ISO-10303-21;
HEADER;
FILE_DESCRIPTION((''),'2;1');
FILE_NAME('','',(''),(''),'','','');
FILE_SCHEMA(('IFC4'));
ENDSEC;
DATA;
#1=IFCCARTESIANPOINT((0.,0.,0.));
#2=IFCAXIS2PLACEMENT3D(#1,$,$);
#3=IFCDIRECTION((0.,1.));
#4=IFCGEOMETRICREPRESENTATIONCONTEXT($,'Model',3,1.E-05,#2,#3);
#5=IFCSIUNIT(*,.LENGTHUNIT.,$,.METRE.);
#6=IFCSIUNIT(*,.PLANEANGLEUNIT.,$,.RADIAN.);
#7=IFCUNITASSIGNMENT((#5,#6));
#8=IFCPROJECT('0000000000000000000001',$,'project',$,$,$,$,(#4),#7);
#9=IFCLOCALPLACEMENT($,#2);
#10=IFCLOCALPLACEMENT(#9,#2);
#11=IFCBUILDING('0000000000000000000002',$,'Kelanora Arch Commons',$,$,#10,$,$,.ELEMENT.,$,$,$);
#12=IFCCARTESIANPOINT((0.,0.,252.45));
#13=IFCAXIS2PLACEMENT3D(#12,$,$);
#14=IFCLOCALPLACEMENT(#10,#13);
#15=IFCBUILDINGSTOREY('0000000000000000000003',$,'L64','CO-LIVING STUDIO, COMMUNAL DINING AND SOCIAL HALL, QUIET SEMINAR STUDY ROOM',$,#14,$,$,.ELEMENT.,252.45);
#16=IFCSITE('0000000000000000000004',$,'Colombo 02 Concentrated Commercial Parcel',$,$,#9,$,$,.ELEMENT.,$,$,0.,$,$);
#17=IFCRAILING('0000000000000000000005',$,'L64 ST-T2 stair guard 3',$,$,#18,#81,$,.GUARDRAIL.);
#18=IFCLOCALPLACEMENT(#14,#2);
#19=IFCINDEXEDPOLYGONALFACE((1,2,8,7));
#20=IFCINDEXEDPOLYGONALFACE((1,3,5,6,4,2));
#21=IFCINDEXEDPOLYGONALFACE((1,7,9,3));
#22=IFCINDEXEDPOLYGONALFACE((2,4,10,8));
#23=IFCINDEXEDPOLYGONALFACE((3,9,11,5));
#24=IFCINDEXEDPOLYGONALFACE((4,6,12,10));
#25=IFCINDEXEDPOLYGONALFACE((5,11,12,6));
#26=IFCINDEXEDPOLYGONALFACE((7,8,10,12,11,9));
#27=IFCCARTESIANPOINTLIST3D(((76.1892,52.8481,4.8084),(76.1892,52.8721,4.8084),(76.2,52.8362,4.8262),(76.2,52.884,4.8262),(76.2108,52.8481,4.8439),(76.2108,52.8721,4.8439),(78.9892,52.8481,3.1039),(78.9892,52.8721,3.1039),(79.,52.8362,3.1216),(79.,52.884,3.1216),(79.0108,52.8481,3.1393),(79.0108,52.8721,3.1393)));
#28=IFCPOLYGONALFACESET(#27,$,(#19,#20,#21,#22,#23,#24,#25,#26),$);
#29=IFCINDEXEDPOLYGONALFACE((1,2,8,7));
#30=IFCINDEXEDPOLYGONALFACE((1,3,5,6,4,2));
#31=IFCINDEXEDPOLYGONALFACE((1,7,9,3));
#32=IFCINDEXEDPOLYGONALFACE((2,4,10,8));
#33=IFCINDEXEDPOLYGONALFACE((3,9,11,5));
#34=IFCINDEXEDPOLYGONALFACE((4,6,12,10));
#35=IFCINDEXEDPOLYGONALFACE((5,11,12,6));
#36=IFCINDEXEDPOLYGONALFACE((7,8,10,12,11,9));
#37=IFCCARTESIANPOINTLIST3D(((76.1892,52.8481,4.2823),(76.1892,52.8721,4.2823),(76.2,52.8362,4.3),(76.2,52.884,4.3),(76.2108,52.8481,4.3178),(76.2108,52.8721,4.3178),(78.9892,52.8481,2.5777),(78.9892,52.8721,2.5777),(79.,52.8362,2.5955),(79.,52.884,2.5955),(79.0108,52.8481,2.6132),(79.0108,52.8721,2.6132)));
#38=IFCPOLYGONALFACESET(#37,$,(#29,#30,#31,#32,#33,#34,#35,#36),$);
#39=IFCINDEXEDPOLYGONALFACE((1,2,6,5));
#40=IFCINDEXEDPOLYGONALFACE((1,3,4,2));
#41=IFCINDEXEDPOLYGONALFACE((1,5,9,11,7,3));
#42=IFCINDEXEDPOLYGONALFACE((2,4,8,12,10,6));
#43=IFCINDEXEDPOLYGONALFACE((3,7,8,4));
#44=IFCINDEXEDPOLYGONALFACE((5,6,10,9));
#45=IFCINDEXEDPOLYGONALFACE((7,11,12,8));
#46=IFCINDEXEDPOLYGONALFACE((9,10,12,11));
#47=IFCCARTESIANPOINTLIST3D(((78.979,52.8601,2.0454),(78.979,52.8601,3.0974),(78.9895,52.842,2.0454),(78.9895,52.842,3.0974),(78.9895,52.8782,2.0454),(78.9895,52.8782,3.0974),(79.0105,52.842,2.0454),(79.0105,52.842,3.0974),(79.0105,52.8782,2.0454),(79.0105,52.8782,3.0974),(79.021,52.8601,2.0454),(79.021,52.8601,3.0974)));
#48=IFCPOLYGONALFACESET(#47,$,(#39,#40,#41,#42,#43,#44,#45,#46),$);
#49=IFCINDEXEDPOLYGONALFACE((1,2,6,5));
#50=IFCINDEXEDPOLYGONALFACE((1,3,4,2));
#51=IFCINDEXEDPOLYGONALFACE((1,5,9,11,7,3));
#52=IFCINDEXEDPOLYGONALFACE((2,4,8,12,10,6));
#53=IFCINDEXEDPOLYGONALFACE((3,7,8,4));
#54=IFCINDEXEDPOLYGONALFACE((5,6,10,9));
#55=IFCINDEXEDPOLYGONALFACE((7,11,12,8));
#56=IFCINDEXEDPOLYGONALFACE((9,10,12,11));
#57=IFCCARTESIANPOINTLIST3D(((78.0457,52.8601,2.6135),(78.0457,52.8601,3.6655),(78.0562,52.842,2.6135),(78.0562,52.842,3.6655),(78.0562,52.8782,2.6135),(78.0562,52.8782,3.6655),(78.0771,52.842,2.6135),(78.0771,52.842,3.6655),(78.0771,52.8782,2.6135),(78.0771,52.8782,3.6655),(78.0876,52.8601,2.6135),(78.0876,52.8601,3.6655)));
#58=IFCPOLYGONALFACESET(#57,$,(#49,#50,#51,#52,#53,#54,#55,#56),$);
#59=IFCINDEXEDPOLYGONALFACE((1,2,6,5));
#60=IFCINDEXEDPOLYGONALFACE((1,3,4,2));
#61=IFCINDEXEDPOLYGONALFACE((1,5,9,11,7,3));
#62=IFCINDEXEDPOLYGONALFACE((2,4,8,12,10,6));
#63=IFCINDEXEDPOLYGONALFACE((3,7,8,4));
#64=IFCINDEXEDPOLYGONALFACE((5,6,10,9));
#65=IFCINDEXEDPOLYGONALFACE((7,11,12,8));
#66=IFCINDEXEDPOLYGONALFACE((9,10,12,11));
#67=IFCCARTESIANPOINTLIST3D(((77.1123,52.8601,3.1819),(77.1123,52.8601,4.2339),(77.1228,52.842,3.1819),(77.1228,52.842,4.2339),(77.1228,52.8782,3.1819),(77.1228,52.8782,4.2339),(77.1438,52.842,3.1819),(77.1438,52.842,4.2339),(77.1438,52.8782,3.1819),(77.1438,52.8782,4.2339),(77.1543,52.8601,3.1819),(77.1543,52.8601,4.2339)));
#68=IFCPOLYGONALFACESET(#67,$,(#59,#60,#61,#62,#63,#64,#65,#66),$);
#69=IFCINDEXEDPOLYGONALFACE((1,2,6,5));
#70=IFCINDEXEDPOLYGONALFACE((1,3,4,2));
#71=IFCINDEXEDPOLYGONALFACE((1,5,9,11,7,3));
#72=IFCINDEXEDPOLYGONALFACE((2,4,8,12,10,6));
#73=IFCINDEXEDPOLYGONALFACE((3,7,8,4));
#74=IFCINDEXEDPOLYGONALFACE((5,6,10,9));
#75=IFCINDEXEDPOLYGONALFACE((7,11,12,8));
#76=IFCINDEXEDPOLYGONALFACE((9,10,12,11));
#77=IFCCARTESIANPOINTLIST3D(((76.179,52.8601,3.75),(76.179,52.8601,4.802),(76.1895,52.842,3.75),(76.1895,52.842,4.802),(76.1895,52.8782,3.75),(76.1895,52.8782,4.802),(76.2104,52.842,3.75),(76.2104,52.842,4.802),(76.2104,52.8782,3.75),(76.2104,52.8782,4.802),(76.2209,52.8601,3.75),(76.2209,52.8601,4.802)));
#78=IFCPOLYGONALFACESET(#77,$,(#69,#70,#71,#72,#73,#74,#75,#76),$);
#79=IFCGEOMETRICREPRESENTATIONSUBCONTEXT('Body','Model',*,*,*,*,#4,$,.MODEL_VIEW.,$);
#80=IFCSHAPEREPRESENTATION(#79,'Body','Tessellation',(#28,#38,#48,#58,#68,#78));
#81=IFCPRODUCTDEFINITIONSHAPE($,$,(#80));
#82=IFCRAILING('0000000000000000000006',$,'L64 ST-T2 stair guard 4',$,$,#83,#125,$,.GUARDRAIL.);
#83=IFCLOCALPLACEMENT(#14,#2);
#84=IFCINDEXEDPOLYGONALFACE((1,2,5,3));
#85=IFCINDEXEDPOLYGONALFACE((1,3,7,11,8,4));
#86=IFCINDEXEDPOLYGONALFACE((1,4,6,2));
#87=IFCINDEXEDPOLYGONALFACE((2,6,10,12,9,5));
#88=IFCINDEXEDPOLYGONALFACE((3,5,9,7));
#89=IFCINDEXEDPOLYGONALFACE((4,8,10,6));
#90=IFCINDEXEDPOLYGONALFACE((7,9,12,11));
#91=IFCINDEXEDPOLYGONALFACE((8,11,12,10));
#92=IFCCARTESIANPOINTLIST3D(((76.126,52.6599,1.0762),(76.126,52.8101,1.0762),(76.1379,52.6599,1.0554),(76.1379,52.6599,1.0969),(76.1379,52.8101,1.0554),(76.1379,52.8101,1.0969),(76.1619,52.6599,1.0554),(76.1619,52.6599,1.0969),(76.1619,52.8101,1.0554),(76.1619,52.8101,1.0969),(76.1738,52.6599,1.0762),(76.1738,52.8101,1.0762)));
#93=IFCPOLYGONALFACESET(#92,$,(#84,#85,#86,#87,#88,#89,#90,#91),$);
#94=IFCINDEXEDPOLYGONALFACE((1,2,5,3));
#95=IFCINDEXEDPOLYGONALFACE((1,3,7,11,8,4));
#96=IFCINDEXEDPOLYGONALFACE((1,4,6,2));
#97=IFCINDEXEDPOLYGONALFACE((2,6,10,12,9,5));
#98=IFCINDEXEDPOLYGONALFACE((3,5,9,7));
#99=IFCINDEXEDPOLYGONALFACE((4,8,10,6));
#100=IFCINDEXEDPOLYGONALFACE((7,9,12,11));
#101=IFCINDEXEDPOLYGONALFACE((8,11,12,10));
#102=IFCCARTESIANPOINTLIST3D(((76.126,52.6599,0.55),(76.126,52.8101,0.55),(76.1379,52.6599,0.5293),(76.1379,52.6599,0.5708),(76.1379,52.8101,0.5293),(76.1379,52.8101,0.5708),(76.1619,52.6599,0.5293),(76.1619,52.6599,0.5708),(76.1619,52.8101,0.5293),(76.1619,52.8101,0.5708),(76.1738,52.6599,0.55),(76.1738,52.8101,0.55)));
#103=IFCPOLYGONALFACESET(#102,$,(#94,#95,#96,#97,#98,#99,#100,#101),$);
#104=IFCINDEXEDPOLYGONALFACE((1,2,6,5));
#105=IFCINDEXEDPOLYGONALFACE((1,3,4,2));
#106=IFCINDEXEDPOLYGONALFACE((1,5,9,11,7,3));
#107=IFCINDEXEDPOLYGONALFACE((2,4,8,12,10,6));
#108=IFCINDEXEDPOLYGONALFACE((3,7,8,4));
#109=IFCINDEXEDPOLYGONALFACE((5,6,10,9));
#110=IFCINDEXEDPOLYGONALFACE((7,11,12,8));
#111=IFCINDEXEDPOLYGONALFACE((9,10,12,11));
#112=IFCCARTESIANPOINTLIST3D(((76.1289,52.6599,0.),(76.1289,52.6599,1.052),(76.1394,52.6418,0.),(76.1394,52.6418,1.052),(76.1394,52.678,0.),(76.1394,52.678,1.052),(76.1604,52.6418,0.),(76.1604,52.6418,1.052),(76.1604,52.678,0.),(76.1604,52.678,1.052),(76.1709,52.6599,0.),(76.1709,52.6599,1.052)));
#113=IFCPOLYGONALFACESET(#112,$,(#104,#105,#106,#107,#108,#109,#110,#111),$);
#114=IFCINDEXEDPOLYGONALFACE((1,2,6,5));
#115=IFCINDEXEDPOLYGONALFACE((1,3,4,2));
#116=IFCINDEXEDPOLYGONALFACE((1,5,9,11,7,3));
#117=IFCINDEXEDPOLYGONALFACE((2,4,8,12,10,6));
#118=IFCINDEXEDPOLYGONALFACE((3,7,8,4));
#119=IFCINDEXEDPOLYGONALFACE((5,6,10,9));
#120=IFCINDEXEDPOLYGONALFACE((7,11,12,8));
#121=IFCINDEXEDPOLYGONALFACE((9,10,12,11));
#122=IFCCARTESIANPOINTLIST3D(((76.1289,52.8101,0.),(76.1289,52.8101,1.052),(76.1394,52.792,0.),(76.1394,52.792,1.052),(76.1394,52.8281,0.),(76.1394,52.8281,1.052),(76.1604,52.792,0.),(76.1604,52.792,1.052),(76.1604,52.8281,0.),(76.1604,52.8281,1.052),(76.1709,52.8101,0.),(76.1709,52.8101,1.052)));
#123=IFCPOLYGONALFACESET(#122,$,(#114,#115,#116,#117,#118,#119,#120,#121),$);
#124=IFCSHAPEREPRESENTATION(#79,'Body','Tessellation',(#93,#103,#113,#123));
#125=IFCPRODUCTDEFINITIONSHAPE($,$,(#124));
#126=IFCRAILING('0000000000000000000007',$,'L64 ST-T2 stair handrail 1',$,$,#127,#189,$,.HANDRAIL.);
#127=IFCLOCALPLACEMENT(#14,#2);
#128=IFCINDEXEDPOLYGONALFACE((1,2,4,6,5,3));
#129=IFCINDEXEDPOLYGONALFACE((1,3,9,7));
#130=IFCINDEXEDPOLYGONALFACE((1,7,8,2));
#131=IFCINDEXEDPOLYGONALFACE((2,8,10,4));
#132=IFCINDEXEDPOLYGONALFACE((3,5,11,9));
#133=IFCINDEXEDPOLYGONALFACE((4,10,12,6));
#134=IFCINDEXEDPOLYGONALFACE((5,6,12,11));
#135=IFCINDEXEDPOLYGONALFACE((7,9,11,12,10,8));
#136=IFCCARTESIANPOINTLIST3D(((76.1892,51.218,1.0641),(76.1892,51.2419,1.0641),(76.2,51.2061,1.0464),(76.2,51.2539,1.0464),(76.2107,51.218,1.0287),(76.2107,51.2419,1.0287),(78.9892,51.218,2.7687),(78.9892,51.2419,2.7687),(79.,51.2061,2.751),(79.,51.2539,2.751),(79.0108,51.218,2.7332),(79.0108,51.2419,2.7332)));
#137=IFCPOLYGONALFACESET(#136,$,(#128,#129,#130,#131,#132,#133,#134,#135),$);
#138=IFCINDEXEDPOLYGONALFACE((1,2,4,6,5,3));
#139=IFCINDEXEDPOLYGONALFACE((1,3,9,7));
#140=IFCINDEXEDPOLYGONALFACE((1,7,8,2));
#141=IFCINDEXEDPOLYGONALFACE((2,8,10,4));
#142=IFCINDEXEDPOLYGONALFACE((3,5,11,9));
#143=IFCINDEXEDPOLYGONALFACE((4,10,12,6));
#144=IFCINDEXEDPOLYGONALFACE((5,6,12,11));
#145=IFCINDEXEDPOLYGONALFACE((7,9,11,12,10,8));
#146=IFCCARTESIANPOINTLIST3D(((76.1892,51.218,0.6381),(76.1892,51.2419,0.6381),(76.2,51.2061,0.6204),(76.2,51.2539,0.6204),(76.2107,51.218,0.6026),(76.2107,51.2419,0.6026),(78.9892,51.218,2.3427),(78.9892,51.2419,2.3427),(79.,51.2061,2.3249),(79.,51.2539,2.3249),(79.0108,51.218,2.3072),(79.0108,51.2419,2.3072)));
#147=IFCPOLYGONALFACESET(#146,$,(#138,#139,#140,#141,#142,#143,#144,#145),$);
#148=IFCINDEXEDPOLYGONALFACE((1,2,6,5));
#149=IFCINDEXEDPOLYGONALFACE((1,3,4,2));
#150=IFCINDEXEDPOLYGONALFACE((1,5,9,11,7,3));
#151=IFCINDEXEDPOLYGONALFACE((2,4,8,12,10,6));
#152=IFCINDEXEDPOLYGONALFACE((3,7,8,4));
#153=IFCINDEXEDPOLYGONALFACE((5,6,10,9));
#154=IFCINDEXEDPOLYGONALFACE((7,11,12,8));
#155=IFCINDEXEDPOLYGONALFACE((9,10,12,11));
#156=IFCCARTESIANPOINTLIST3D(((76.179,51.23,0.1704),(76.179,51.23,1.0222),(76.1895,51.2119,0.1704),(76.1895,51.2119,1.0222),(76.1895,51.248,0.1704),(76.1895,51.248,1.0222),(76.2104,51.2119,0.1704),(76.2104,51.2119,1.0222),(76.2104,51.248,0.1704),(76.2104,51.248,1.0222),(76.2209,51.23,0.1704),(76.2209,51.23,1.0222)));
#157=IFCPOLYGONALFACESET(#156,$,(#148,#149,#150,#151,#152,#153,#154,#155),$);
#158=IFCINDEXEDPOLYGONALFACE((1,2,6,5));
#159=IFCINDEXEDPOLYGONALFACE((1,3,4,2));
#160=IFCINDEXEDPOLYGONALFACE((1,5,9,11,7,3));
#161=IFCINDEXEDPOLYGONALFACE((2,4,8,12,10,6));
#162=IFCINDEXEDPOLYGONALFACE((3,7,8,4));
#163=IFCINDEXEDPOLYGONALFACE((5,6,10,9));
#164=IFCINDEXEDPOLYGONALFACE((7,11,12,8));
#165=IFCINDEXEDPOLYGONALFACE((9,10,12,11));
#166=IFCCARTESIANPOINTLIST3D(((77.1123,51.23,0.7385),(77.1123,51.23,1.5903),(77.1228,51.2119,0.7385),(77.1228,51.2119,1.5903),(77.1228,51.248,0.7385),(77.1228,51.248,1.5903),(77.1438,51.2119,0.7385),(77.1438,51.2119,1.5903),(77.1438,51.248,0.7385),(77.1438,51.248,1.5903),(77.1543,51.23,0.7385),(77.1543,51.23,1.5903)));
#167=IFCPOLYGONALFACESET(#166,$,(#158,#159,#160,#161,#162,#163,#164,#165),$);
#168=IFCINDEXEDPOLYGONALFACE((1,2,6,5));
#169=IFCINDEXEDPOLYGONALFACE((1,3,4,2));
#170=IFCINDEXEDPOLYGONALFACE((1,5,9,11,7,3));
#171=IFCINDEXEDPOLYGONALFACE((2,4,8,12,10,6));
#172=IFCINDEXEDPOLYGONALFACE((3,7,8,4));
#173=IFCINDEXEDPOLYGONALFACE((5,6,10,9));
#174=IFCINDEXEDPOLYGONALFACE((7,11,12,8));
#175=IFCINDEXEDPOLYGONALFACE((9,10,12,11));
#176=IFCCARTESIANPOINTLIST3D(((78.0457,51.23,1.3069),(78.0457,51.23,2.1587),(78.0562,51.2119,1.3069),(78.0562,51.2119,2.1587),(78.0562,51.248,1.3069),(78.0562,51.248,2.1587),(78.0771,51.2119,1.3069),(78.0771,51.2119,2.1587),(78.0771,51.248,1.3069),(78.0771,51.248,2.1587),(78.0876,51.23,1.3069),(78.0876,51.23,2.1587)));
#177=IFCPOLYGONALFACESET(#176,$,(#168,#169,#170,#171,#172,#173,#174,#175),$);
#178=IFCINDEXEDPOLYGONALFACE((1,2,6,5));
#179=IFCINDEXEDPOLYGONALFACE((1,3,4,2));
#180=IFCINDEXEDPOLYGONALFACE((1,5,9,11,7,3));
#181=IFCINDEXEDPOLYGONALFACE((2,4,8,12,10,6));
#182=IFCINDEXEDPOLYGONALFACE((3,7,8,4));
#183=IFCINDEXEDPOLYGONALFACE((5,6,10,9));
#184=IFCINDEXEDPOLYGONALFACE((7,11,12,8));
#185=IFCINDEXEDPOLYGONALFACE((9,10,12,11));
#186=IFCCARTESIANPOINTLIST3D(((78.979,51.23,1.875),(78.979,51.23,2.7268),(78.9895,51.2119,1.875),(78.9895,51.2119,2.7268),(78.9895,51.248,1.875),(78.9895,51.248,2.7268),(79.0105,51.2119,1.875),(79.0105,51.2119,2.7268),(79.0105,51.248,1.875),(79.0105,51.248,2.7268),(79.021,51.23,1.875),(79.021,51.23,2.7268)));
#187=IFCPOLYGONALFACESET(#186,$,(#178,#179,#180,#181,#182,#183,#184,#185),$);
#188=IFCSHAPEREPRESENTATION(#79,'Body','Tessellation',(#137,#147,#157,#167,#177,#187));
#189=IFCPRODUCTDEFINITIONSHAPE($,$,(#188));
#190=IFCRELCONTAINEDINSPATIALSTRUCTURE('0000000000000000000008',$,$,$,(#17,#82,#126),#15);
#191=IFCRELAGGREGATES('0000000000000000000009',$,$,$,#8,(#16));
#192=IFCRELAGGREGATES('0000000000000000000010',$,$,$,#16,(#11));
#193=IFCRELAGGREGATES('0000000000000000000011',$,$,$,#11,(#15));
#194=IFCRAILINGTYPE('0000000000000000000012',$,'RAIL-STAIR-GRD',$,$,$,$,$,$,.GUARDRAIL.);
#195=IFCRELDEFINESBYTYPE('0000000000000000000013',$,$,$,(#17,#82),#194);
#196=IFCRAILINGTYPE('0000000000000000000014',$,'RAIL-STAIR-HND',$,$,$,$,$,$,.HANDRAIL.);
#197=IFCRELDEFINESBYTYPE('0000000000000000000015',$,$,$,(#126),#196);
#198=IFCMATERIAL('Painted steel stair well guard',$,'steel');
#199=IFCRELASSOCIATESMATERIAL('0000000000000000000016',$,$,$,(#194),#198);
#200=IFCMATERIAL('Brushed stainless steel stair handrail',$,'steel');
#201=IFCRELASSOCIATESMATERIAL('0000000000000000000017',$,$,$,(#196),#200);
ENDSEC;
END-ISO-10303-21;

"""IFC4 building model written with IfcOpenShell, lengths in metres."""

from ifc_helpers import new_model, si_unit, direction, frame, origin, place, context, subcontext, project, spatial, polyline, outline, extrude, material, type_object, element, save


model = new_model("IFC4")

# Units and contexts
model_context = context("Model", 3, precision=1e-05, world=origin(), true_north=direction((0.0, 1.0)))
body_context = subcontext(model_context, "Body", "Model", "MODEL_VIEW")
ifc_project = project(units=[si_unit("LENGTHUNIT", "METRE"), si_unit("PLANEANGLEUNIT", "RADIAN")], contexts=[model_context])

# Site, building, storey
site_placement = place(None, origin())
site = spatial("IfcSite", under=ifc_project, at=site_placement, Name="Colombo 02 Concentrated Commercial Parcel", CompositionType="ELEMENT", RefElevation=0.0)
building_placement = place(site_placement, origin())
building = spatial("IfcBuilding", under=site, at=building_placement, Name="Kelanora Arch Commons", CompositionType="ELEMENT")
storey_placement = place(building_placement, frame((0.0, 0.0, 252.45)))
storey = spatial("IfcBuildingStorey", under=building, at=storey_placement, Name="L64", Description="CO-LIVING STUDIO, COMMUNAL DINING AND SOCIAL HALL, QUIET SEMINAR STUDY ROOM", CompositionType="ELEMENT", Elevation=252.45)

# Railings
ifc_material_1 = material(Name="Painted steel stair well guard", Category="steel")
railing_type_1 = type_object("IfcRailingType", Name="RAIL-STAIR-GRD", PredefinedType="GUARDRAIL", material=ifc_material_1)
railing_1_placement = place(storey_placement, frame((79.0, 52.8601, 2.0454)))
element("IfcRailing", 1, at=railing_1_placement, inside=storey, type_object=railing_type_1, Name="L64 ST-T2 stair guard 3", PredefinedType="GUARDRAIL", context=body_context, shape_type="SweptSolid", body=[
    extrude(outline(polyline([(0.0239, 0.0), (0.012, 0.0208), (-0.012, 0.0208), (-0.0239, 0.0), (-0.012, -0.0208), (0.012, -0.0208), (0.0239, 0.0)])), frame((0.0, 0.0, 1.0762), z_axis=(-0.85417, 0.0, 0.519994), x_axis=(0.0, -1.0, 0.0)), (0.0, 0.0, 1.0), 3.2781),
    extrude(outline(polyline([(0.0239, 0.0), (0.012, 0.0208), (-0.012, 0.0208), (-0.0239, 0.0), (-0.012, -0.0208), (0.012, -0.0208), (0.0239, 0.0)])), frame((0.0, 0.0, 0.55), z_axis=(-0.85417, 0.0, 0.519994), x_axis=(0.0, -1.0, 0.0)), (0.0, 0.0, 1.0), 3.2781),
    extrude(outline(polyline([(0.021, 0.0), (0.0105, 0.0181), (-0.0105, 0.0181), (-0.021, 0.0), (-0.0105, -0.0181), (0.0105, -0.0181), (0.021, 0.0)])), origin(), (0.0, 0.0, 1.0), 1.052),
    extrude(outline(polyline([(0.021, 0.0), (0.0105, 0.0181), (-0.0105, 0.0181), (-0.021, 0.0), (-0.0105, -0.0181), (0.0105, -0.0181), (0.021, 0.0)])), frame((-0.9333, 0.0, 0.5681)), (0.0, 0.0, 1.0), 1.052),
    extrude(outline(polyline([(0.021, 0.0), (0.0105, 0.0181), (-0.0105, 0.0181), (-0.021, 0.0), (-0.0105, -0.0181), (0.0105, -0.0181), (0.021, 0.0)])), frame((-1.8667, 0.0, 1.1365)), (0.0, 0.0, 1.0), 1.052),
    extrude(outline(polyline([(0.021, 0.0), (0.0105, 0.0181), (-0.0105, 0.0181), (-0.021, 0.0), (-0.0105, -0.0181), (0.0105, -0.0181), (0.021, 0.0)])), frame((-2.8, 0.0, 1.7046)), (0.0, 0.0, 1.0), 1.052),
])
railing_2_placement = place(storey_placement, frame((76.1499, 52.6599, 0.0)))
element("IfcRailing", 2, at=railing_2_placement, inside=storey, type_object=railing_type_1, Name="L64 ST-T2 stair guard 4", PredefinedType="GUARDRAIL", context=body_context, shape_type="SweptSolid", body=[
    extrude(outline(polyline([(0.0239, 0.0), (0.012, 0.0208), (-0.012, 0.0208), (-0.0239, 0.0), (-0.012, -0.0208), (0.012, -0.0208), (0.0239, 0.0)])), frame((0.0, 0.0, 1.0762), z_axis=(0.0, 1.0, 0.0), x_axis=(-1.0, 0.0, 0.0)), (0.0, 0.0, 1.0), 0.1501),
    extrude(outline(polyline([(0.0239, 0.0), (0.012, 0.0208), (-0.012, 0.0208), (-0.0239, 0.0), (-0.012, -0.0208), (0.012, -0.0208), (0.0239, 0.0)])), frame((0.0, 0.0, 0.55), z_axis=(0.0, 1.0, 0.0), x_axis=(-1.0, 0.0, 0.0)), (0.0, 0.0, 1.0), 0.1501),
    extrude(outline(polyline([(0.021, 0.0), (0.0105, 0.0181), (-0.0105, 0.0181), (-0.021, 0.0), (-0.0105, -0.0181), (0.0105, -0.0181), (0.021, 0.0)])), origin(), (0.0, 0.0, 1.0), 1.052),
    extrude(outline(polyline([(0.021, 0.0), (0.0105, 0.0181), (-0.0105, 0.0181), (-0.021, 0.0), (-0.0105, -0.0181), (0.0105, -0.0181), (0.021, 0.0)])), frame((0.0, 0.1501, 0.0)), (0.0, 0.0, 1.0), 1.052),
])
ifc_material_2 = material(Name="Brushed stainless steel stair handrail", Category="steel")
railing_type_2 = type_object("IfcRailingType", Name="RAIL-STAIR-HND", PredefinedType="HANDRAIL", material=ifc_material_2)
railing_3_placement = place(storey_placement, frame((76.2, 51.23, 0.1704)))
element("IfcRailing", 3, at=railing_3_placement, inside=storey, type_object=railing_type_2, Name="L64 ST-T2 stair handrail 1", PredefinedType="HANDRAIL", context=body_context, shape_type="SweptSolid", body=[
    extrude(outline(polyline([(0.0239, 0.0), (0.012, 0.0208), (-0.012, 0.0208), (-0.0239, 0.0), (-0.012, -0.0208), (0.012, -0.0208), (0.0239, 0.0)])), frame((0.0, 0.0, 0.876), z_axis=(0.85417, 0.0, 0.519994), x_axis=(0.0, 1.0, 0.0)), (0.0, 0.0, 1.0), 3.2781),
    extrude(outline(polyline([(0.0239, 0.0), (0.012, 0.0208), (-0.012, 0.0208), (-0.0239, 0.0), (-0.012, -0.0208), (0.012, -0.0208), (0.0239, 0.0)])), frame((0.0, 0.0, 0.45), z_axis=(0.85417, 0.0, 0.519994), x_axis=(0.0, 1.0, 0.0)), (0.0, 0.0, 1.0), 3.2781),
    extrude(outline(polyline([(0.021, 0.0), (0.0105, 0.0181), (-0.0105, 0.0181), (-0.021, 0.0), (-0.0105, -0.0181), (0.0105, -0.0181), (0.021, 0.0)])), origin(), (0.0, 0.0, 1.0), 0.8518),
    extrude(outline(polyline([(0.021, 0.0), (0.0105, 0.0181), (-0.0105, 0.0181), (-0.021, 0.0), (-0.0105, -0.0181), (0.0105, -0.0181), (0.021, 0.0)])), frame((0.9333, 0.0, 0.5681)), (0.0, 0.0, 1.0), 0.8518),
    extrude(outline(polyline([(0.021, 0.0), (0.0105, 0.0181), (-0.0105, 0.0181), (-0.021, 0.0), (-0.0105, -0.0181), (0.0105, -0.0181), (0.021, 0.0)])), frame((1.8667, 0.0, 1.1365)), (0.0, 0.0, 1.0), 0.8518),
    extrude(outline(polyline([(0.021, 0.0), (0.0105, 0.0181), (-0.0105, 0.0181), (-0.021, 0.0), (-0.0105, -0.0181), (0.0105, -0.0181), (0.021, 0.0)])), frame((2.8, 0.0, 1.7046)), (0.0, 0.0, 1.0), 0.8518),
])

save(model, "model.ifc")
